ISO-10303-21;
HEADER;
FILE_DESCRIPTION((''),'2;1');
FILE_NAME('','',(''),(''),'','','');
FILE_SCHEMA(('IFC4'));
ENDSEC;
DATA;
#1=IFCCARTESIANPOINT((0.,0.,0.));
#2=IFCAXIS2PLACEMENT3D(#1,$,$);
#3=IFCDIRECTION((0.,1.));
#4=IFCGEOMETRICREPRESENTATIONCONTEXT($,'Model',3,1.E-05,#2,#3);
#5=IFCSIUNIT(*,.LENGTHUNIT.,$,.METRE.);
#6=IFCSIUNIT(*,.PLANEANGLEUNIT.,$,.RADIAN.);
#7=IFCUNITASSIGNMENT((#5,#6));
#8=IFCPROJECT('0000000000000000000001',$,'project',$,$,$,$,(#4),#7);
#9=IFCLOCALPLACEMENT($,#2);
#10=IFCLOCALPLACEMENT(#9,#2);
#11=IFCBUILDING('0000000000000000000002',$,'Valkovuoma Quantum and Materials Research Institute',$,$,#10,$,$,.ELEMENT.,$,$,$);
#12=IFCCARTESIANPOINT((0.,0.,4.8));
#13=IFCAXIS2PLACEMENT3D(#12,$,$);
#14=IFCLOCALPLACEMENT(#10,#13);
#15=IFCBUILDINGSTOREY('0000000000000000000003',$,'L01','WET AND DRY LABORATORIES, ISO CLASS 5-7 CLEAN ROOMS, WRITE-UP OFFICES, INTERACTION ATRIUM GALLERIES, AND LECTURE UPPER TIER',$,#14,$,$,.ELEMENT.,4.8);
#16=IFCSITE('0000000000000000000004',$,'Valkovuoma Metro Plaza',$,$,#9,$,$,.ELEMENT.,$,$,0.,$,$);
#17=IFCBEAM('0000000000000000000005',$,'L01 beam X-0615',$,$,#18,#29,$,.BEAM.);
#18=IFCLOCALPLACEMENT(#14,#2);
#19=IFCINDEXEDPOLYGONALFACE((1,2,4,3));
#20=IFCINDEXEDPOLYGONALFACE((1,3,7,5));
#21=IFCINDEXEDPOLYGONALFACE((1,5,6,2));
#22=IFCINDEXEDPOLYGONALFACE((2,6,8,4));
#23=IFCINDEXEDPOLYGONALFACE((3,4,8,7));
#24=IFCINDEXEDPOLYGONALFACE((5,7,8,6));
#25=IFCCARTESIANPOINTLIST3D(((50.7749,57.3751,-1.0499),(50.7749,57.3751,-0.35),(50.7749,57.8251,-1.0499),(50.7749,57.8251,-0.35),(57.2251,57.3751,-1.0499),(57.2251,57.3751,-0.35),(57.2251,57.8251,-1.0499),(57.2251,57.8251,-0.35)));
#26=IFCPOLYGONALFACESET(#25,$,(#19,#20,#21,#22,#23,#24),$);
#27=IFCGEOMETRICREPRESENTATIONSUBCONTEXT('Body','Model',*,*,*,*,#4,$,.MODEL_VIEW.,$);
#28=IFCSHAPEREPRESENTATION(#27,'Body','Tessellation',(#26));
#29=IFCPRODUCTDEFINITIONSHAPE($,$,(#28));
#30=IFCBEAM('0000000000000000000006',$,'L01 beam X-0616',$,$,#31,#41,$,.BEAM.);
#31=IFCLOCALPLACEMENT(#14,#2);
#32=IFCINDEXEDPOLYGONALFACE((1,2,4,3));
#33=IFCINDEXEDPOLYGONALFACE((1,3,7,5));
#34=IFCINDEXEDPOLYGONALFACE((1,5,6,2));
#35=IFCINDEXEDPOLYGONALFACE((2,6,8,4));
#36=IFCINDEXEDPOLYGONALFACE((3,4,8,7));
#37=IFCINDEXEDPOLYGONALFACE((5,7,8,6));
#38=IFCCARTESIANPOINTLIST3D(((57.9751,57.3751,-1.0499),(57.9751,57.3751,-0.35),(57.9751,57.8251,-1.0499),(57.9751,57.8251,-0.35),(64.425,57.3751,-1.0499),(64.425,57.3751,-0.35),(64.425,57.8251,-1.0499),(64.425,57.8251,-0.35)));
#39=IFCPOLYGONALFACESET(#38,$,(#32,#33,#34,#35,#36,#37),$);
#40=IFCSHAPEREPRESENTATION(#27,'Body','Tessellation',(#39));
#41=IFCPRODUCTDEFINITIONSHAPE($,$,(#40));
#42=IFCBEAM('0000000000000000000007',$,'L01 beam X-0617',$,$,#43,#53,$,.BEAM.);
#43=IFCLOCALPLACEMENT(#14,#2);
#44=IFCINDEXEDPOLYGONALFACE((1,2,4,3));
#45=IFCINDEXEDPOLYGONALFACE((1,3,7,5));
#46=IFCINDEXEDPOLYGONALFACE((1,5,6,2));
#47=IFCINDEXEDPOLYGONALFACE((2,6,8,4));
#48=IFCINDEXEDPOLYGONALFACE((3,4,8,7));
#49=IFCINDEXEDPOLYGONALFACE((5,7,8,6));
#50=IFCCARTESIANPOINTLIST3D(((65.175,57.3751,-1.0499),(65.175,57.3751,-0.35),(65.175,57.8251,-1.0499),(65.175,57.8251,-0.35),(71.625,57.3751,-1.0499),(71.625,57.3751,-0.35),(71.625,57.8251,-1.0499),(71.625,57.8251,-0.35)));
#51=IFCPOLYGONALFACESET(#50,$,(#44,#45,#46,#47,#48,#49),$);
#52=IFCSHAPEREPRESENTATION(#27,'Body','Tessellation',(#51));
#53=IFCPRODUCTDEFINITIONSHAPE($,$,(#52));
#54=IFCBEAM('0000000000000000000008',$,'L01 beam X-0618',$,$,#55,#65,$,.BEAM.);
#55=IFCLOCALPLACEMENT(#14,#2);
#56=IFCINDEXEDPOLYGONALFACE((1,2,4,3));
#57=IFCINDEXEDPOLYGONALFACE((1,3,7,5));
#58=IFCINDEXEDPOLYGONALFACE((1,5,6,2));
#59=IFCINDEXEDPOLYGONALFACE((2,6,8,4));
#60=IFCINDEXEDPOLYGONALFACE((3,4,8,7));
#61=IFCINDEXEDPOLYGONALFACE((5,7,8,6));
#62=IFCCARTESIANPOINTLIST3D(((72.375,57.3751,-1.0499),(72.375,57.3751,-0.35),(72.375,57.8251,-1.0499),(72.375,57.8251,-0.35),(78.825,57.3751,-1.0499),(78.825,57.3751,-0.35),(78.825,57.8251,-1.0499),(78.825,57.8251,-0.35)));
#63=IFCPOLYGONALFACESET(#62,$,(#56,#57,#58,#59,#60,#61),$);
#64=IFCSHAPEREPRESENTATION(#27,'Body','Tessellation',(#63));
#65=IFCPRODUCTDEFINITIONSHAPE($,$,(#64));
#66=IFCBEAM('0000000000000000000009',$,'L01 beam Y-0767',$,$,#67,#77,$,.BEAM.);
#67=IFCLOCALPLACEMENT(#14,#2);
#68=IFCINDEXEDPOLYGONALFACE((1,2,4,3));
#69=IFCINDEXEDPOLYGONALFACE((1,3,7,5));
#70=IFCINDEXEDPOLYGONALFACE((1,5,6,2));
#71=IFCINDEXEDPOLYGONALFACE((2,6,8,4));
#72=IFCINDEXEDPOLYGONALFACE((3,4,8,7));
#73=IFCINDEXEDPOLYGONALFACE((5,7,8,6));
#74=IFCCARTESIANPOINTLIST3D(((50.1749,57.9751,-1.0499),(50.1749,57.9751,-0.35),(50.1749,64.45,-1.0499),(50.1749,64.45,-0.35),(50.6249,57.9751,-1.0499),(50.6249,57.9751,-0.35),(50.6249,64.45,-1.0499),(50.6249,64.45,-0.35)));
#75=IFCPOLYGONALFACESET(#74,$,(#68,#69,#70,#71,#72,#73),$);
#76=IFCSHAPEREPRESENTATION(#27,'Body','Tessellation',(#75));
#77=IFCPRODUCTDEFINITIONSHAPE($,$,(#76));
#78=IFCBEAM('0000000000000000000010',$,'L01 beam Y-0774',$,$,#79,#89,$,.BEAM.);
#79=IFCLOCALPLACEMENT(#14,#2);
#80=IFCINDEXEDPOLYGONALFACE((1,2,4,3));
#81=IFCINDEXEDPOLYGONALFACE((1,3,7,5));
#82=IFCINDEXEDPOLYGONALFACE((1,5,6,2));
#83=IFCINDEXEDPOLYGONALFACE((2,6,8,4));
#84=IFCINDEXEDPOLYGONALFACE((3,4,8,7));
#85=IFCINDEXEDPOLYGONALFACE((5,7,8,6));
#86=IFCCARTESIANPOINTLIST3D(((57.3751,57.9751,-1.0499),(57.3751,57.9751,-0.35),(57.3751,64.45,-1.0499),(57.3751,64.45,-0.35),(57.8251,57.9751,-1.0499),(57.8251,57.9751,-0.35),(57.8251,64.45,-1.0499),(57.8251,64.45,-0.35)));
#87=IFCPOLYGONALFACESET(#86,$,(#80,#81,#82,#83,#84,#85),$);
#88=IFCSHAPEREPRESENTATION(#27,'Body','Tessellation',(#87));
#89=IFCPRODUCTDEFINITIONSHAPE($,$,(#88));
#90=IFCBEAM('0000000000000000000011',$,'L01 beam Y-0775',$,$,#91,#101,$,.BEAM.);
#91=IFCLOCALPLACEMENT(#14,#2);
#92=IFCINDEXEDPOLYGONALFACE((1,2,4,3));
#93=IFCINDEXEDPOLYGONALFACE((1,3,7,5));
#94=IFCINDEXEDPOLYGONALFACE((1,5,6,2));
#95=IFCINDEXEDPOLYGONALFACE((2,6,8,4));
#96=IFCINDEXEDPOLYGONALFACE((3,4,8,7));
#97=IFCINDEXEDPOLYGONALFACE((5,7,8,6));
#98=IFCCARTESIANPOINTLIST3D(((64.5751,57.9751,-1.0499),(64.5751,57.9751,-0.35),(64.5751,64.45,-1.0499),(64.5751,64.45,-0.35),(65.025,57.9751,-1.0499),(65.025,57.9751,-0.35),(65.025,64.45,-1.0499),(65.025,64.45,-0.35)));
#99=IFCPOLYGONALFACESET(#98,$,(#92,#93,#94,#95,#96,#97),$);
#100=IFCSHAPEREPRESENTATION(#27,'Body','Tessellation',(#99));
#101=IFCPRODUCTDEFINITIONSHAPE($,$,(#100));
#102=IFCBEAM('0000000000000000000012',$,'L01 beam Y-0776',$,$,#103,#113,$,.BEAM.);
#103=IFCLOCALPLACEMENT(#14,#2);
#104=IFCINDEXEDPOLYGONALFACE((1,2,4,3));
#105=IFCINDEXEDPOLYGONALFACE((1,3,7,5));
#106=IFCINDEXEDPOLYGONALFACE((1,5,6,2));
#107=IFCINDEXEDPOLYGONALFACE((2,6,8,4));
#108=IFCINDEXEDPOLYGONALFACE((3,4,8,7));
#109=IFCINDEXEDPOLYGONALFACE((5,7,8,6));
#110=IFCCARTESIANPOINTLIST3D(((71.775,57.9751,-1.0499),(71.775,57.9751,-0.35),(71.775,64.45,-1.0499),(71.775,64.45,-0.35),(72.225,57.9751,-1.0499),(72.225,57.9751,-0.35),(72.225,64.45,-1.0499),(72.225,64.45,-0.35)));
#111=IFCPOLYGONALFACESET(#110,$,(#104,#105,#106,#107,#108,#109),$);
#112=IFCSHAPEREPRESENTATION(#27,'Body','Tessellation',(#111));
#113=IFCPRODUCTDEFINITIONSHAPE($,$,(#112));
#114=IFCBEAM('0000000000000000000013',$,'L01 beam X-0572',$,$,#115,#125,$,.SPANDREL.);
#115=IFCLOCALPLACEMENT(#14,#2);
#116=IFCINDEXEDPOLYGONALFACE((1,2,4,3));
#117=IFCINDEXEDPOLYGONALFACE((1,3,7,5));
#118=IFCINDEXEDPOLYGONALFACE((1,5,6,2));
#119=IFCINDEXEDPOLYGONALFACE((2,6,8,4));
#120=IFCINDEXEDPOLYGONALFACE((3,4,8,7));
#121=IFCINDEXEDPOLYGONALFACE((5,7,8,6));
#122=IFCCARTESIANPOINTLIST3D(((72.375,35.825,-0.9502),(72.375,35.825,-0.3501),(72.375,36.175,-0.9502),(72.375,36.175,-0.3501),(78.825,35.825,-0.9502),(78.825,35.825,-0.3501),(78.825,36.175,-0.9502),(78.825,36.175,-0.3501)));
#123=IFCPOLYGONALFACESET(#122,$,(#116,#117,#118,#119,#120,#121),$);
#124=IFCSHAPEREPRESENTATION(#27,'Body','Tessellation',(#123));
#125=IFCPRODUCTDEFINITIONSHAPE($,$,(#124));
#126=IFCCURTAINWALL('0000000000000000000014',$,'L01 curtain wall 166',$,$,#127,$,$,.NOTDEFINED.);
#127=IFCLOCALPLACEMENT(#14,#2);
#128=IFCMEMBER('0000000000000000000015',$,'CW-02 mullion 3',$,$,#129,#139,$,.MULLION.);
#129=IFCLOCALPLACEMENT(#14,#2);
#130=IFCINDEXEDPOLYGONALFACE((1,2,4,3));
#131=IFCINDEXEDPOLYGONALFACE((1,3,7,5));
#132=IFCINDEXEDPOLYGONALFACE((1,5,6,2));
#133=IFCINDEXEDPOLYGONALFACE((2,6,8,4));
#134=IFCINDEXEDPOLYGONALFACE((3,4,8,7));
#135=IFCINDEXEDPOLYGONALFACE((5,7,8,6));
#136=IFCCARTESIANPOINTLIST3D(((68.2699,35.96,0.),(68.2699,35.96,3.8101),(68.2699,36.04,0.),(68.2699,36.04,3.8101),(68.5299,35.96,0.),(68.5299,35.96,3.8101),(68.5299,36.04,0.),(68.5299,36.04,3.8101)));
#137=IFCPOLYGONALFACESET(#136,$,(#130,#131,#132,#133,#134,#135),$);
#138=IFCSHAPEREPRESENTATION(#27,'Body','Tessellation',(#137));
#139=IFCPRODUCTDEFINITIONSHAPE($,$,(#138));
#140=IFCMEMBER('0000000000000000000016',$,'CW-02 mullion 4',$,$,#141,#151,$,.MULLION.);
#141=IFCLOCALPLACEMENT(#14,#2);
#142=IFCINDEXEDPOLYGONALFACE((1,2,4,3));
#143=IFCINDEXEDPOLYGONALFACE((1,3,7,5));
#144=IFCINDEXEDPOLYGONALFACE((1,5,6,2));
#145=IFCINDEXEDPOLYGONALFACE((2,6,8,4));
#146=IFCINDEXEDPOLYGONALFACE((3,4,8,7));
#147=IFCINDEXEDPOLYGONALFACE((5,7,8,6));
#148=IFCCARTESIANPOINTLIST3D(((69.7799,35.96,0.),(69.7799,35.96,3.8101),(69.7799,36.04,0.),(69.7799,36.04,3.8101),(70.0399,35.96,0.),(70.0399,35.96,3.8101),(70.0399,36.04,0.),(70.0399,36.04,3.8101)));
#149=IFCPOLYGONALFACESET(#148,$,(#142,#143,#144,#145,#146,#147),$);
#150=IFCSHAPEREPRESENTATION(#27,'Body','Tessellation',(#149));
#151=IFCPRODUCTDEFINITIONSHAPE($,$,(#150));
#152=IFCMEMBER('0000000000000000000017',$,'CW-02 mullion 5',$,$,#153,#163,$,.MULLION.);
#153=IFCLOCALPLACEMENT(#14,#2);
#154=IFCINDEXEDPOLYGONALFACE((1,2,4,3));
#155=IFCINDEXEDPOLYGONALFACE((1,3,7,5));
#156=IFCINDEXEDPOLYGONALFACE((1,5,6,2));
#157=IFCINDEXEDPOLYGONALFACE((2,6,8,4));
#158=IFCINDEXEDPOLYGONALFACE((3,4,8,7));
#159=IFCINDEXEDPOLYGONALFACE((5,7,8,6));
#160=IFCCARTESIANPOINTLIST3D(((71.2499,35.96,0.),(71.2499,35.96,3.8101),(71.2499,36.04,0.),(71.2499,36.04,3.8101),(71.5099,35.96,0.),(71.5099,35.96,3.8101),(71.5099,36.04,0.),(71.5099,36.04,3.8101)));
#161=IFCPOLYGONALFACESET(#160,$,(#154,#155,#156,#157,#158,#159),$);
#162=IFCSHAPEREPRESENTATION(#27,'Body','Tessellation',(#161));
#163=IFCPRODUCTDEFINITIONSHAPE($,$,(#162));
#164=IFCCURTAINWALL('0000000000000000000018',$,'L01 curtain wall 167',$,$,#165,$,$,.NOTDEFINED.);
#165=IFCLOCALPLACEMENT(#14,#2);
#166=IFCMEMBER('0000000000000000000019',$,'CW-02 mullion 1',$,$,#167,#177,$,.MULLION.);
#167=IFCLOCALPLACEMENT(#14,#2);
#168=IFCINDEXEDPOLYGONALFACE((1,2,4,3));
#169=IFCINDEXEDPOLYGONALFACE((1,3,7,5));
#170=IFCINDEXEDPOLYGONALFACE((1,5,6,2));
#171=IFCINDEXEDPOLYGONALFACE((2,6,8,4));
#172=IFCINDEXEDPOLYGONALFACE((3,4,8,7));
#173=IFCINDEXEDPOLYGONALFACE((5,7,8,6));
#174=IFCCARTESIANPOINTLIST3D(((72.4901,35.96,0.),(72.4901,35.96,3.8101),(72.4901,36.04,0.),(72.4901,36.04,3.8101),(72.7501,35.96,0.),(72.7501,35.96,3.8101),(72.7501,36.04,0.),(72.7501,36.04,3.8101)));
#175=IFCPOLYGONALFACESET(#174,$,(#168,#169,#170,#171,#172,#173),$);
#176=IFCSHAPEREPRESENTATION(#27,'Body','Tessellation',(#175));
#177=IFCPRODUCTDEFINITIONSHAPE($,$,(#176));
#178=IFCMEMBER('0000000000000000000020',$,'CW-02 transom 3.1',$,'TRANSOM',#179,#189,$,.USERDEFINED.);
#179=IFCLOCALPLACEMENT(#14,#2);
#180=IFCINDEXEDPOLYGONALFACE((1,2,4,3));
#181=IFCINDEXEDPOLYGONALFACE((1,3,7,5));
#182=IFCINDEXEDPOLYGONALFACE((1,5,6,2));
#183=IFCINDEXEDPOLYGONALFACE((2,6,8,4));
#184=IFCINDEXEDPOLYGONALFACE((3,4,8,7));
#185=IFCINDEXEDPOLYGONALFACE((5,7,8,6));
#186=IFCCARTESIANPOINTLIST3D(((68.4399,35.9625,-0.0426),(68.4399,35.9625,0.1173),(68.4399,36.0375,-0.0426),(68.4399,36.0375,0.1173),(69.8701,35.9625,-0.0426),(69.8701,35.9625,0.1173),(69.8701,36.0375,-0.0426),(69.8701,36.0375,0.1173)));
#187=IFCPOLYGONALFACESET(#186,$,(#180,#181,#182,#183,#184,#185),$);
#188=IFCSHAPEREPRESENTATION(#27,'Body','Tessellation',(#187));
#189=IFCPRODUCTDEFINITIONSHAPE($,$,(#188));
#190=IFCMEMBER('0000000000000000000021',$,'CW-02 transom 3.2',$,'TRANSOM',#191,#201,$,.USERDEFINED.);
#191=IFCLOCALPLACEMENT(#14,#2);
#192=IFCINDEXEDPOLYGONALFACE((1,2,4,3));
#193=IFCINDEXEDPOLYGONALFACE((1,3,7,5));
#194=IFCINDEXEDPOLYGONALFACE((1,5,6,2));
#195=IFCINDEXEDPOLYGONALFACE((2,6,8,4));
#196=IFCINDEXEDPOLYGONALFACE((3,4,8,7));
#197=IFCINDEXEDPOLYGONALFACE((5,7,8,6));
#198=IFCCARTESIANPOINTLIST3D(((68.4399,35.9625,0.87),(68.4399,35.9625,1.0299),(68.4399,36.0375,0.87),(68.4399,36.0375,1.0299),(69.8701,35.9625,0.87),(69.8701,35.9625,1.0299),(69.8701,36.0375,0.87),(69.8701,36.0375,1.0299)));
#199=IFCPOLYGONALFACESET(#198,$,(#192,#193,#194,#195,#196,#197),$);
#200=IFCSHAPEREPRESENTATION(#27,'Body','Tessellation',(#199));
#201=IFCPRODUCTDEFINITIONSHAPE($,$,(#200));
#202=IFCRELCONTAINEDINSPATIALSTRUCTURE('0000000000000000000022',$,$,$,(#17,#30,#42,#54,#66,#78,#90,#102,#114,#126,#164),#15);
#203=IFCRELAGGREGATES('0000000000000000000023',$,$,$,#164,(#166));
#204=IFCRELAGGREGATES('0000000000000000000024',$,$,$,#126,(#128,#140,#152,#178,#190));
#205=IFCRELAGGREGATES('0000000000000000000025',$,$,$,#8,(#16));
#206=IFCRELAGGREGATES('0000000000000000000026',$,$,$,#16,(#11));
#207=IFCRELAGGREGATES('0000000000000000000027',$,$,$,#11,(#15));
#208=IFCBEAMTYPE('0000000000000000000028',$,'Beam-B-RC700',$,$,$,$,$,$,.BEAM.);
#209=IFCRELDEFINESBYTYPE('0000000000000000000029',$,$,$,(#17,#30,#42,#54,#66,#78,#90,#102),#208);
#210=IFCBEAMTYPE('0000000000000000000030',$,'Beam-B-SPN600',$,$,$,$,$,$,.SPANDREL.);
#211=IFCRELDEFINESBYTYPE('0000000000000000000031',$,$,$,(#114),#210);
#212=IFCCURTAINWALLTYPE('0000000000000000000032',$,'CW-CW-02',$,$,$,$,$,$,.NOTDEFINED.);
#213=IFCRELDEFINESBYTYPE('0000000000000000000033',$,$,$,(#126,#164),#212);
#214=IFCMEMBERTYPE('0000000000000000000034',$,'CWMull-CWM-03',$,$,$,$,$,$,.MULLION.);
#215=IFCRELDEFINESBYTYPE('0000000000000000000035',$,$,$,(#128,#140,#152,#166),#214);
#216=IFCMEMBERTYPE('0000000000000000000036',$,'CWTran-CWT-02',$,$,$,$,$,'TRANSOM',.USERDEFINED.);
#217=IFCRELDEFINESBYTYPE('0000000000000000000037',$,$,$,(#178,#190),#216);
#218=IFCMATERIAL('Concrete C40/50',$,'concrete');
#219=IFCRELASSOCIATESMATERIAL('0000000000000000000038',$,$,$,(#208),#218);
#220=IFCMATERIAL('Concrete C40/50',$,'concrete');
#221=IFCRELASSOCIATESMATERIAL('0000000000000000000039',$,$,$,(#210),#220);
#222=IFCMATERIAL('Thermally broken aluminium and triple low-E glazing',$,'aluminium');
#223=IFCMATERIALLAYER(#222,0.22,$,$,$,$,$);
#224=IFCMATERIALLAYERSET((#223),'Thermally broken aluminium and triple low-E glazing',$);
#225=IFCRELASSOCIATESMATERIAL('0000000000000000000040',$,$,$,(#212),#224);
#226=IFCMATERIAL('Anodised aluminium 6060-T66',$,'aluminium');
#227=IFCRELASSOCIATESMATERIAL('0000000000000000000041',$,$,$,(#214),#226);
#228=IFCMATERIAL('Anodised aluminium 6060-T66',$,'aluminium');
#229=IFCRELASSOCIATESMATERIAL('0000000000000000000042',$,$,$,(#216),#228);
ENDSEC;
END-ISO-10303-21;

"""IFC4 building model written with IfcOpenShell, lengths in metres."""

from ifc_helpers import new_model, si_unit, direction, frame, origin, origin_2d, place, context, subcontext, project, spatial, rectangle, extrude, material, layer, layer_set, material_profile, profile_set, type_object, element, aggregate, save


model = new_model("IFC4")

# Units and contexts
model_context = context("Model", 3, precision=1e-05, world=origin(), true_north=direction((0.0, 1.0)))
body_context = subcontext(model_context, "Body", "Model", "MODEL_VIEW")
ifc_project = project(units=[si_unit("LENGTHUNIT", "METRE"), si_unit("PLANEANGLEUNIT", "RADIAN")], contexts=[model_context])

# Site, building, storey
site_placement = place(None, origin())
site = spatial("IfcSite", under=ifc_project, at=site_placement, Name="Valkovuoma Metro Plaza", CompositionType="ELEMENT", RefElevation=0.0)
building_placement = place(site_placement, origin())
building = spatial("IfcBuilding", under=site, at=building_placement, Name="Valkovuoma Quantum and Materials Research Institute", CompositionType="ELEMENT")
storey_placement = place(building_placement, frame((0.0, 0.0, 4.8)))
storey = spatial("IfcBuildingStorey", under=building, at=storey_placement, Name="L01", Description="WET AND DRY LABORATORIES, ISO CLASS 5-7 CLEAN ROOMS, WRITE-UP OFFICES, INTERACTION ATRIUM GALLERIES, AND LECTURE UPPER TIER", CompositionType="ELEMENT", Elevation=4.8)

# Beams
ifc_material_1 = material(Name="Concrete C40/50", Category="concrete")
ifc_material_profile_1 = material_profile(ifc_material_1, rectangle(XDim=0.45, YDim=0.7, at=origin_2d()), Name="Concrete C40/50")
ifc_profile_set_1 = profile_set([ifc_material_profile_1], Name="Concrete C40/50")
beam_type_1 = type_object("IfcBeamType", Name="Beam-B-RC700", PredefinedType="BEAM", material=ifc_profile_set_1)
beam_1_placement = place(storey_placement, frame((50.7749, 57.6001, -0.7), z_axis=(1.0, 0.0, 0.0), x_axis=(0.0, 1.0, 0.0)))
element("IfcBeam", 1, at=beam_1_placement, inside=storey, type_object=beam_type_1, Name="L01 beam X-0615", PredefinedType="BEAM", context=body_context, shape_type="SweptSolid", body=[
    extrude(rectangle(XDim=0.45, YDim=0.7, at=origin_2d()), origin(), (0.0, 0.0, 1.0), 6.4502),
])
for number, where, z_axis, x_axis, name in (
    (2, (57.9751, 57.6001, -0.7), (1.0, 0.0, 0.0), (0.0, 1.0, 0.0), "L01 beam X-0616"),
    (3, (65.175, 57.6001, -0.7), (1.0, 0.0, 0.0), (0.0, 1.0, 0.0), "L01 beam X-0617"),
    (4, (72.375, 57.6001, -0.7), (1.0, 0.0, 0.0), (0.0, 1.0, 0.0), "L01 beam X-0618"),
):
    element("IfcBeam", number, at=place(storey_placement, frame(where, z_axis=z_axis, x_axis=x_axis)), inside=storey, type_object=beam_type_1, Name=name, PredefinedType="BEAM", context=body_context, shape_type="SweptSolid", body=[
        extrude(rectangle(XDim=0.45, YDim=0.7, at=origin_2d()), origin(), (0.0, 0.0, 1.0), 6.45),
    ])
for number, where, z_axis, x_axis, name in (
    (5, (50.3999, 57.9751, -0.7), (0.0, 1.0, 0.0), (-1.0, 0.0, 0.0), "L01 beam Y-0767"),
    (6, (57.6001, 57.9751, -0.7), (0.0, 1.0, 0.0), (-1.0, 0.0, 0.0), "L01 beam Y-0774"),
    (7, (64.8, 57.9751, -0.7), (0.0, 1.0, 0.0), (-1.0, 0.0, 0.0), "L01 beam Y-0775"),
    (8, (72.0, 57.9751, -0.7), (0.0, 1.0, 0.0), (-1.0, 0.0, 0.0), "L01 beam Y-0776"),
):
    element("IfcBeam", number, at=place(storey_placement, frame(where, z_axis=z_axis, x_axis=x_axis)), inside=storey, type_object=beam_type_1, Name=name, PredefinedType="BEAM", context=body_context, shape_type="SweptSolid", body=[
        extrude(rectangle(XDim=0.45, YDim=0.7, at=origin_2d()), origin(), (0.0, 0.0, 1.0), 6.4749),
    ])
ifc_material_2 = material(Name="Concrete C40/50", Category="concrete")
ifc_material_profile_2 = material_profile(ifc_material_2, rectangle(XDim=0.3501, YDim=0.6001, at=origin_2d()), Name="Concrete C40/50")
ifc_profile_set_2 = profile_set([ifc_material_profile_2], Name="Concrete C40/50")
beam_type_2 = type_object("IfcBeamType", Name="Beam-B-SPN600", PredefinedType="SPANDREL", material=ifc_profile_set_2)
beam_2_placement = place(storey_placement, frame((72.375, 36.0, -0.6501), z_axis=(1.0, 0.0, 0.0), x_axis=(0.0, 1.0, 0.0)))
element("IfcBeam", 9, at=beam_2_placement, inside=storey, type_object=beam_type_2, Name="L01 beam X-0572", PredefinedType="SPANDREL", context=body_context, shape_type="SweptSolid", body=[
    extrude(rectangle(XDim=0.3501, YDim=0.6001, at=origin_2d()), origin(), (0.0, 0.0, 1.0), 6.45),
])

# Curtain wall, members
ifc_material_3 = material(Name="Thermally broken aluminium and triple low-E glazing", Category="aluminium")
ifc_layer_1 = layer(ifc_material_3, 0.22)
ifc_layer_set_1 = layer_set([ifc_layer_1], Name="Thermally broken aluminium and triple low-E glazing")
curtain_wall_type = type_object("IfcCurtainWallType", Name="CW-CW-02", PredefinedType="NOTDEFINED", material=ifc_layer_set_1)
curtain_wall_1_placement = place(storey_placement, origin())
curtain_wall_1 = element("IfcCurtainWall", 10, at=curtain_wall_1_placement, inside=storey, type_object=curtain_wall_type, Name="L01 curtain wall 166", PredefinedType="NOTDEFINED")
ifc_material_4 = material(Name="Anodised aluminium 6060-T66", Category="aluminium")
ifc_material_profile_3 = material_profile(ifc_material_4, rectangle(XDim=0.0801, YDim=0.26, at=origin_2d()), Name="Anodised aluminium 6060-T66")
ifc_profile_set_3 = profile_set([ifc_material_profile_3], Name="Anodised aluminium 6060-T66")
member_type_1 = type_object("IfcMemberType", Name="CWMull-CWM-03", PredefinedType="MULLION", material=ifc_profile_set_3)
member_1_placement = place(storey_placement, frame((68.3999, 36.0, 0.0), z_axis=(0.0, 0.0, 1.0), x_axis=(0.0, 1.0, 0.0)))
member_1 = element("IfcMember", 11, at=member_1_placement, type_object=member_type_1, Name="CW-02 mullion 3", PredefinedType="MULLION", context=body_context, shape_type="SweptSolid", body=[
    extrude(rectangle(XDim=0.0801, YDim=0.26, at=origin_2d()), origin(), (0.0, 0.0, 1.0), 3.8101),
])
member_2_placement = place(storey_placement, frame((69.9099, 36.0, 0.0), z_axis=(0.0, 0.0, 1.0), x_axis=(0.0, 1.0, 0.0)))
member_2 = element("IfcMember", 12, at=member_2_placement, type_object=member_type_1, Name="CW-02 mullion 4", PredefinedType="MULLION", context=body_context, shape_type="SweptSolid", body=[
    extrude(rectangle(XDim=0.0801, YDim=0.26, at=origin_2d()), origin(), (0.0, 0.0, 1.0), 3.8101),
])
member_3_placement = place(storey_placement, frame((71.3799, 36.0, 0.0), z_axis=(0.0, 0.0, 1.0), x_axis=(0.0, 1.0, 0.0)))
member_3 = element("IfcMember", 13, at=member_3_placement, type_object=member_type_1, Name="CW-02 mullion 5", PredefinedType="MULLION", context=body_context, shape_type="SweptSolid", body=[
    extrude(rectangle(XDim=0.0801, YDim=0.26, at=origin_2d()), origin(), (0.0, 0.0, 1.0), 3.8101),
])

# Curtain wall, member
curtain_wall_2_placement = place(storey_placement, origin())
curtain_wall_2 = element("IfcCurtainWall", 14, at=curtain_wall_2_placement, inside=storey, type_object=curtain_wall_type, Name="L01 curtain wall 167", PredefinedType="NOTDEFINED")
member_4_placement = place(storey_placement, frame((72.6201, 36.0, 0.0), z_axis=(0.0, 0.0, 1.0), x_axis=(0.0, 1.0, 0.0)))
member_4 = element("IfcMember", 15, at=member_4_placement, type_object=member_type_1, Name="CW-02 mullion 1", PredefinedType="MULLION", context=body_context, shape_type="SweptSolid", body=[
    extrude(rectangle(XDim=0.0801, YDim=0.26, at=origin_2d()), origin(), (0.0, 0.0, 1.0), 3.8101),
])
aggregate(curtain_wall_2, [member_4])

# Members
ifc_material_5 = material(Name="Anodised aluminium 6060-T66", Category="aluminium")
ifc_material_profile_4 = material_profile(ifc_material_5, rectangle(XDim=0.075, YDim=0.1599, at=origin_2d()), Name="Anodised aluminium 6060-T66")
ifc_profile_set_4 = profile_set([ifc_material_profile_4], Name="Anodised aluminium 6060-T66")
member_type_2 = type_object("IfcMemberType", Name="CWTran-CWT-02", ElementType="TRANSOM", PredefinedType="USERDEFINED", material=ifc_profile_set_4)
member_5_placement = place(storey_placement, frame((68.4399, 36.0, 0.0374), z_axis=(1.0, 0.0, 0.0), x_axis=(0.0, 1.0, 0.0)))
member_5 = element("IfcMember", 16, at=member_5_placement, type_object=member_type_2, Name="CW-02 transom 3.1", ObjectType="TRANSOM", PredefinedType="USERDEFINED", context=body_context, shape_type="SweptSolid", body=[
    extrude(rectangle(XDim=0.075, YDim=0.1599, at=origin_2d()), origin(), (0.0, 0.0, 1.0), 1.4302),
])
member_6_placement = place(storey_placement, frame((68.4399, 36.0, 0.95), z_axis=(1.0, 0.0, 0.0), x_axis=(0.0, 1.0, 0.0)))
member_6 = element("IfcMember", 17, at=member_6_placement, type_object=member_type_2, Name="CW-02 transom 3.2", ObjectType="TRANSOM", PredefinedType="USERDEFINED", context=body_context, shape_type="SweptSolid", body=[
    extrude(rectangle(XDim=0.075, YDim=0.1599, at=origin_2d()), origin(), (0.0, 0.0, 1.0), 1.4302),
])

aggregate(curtain_wall_1, [member_1, member_2, member_3, member_5, member_6])

save(model, "model.ifc")
